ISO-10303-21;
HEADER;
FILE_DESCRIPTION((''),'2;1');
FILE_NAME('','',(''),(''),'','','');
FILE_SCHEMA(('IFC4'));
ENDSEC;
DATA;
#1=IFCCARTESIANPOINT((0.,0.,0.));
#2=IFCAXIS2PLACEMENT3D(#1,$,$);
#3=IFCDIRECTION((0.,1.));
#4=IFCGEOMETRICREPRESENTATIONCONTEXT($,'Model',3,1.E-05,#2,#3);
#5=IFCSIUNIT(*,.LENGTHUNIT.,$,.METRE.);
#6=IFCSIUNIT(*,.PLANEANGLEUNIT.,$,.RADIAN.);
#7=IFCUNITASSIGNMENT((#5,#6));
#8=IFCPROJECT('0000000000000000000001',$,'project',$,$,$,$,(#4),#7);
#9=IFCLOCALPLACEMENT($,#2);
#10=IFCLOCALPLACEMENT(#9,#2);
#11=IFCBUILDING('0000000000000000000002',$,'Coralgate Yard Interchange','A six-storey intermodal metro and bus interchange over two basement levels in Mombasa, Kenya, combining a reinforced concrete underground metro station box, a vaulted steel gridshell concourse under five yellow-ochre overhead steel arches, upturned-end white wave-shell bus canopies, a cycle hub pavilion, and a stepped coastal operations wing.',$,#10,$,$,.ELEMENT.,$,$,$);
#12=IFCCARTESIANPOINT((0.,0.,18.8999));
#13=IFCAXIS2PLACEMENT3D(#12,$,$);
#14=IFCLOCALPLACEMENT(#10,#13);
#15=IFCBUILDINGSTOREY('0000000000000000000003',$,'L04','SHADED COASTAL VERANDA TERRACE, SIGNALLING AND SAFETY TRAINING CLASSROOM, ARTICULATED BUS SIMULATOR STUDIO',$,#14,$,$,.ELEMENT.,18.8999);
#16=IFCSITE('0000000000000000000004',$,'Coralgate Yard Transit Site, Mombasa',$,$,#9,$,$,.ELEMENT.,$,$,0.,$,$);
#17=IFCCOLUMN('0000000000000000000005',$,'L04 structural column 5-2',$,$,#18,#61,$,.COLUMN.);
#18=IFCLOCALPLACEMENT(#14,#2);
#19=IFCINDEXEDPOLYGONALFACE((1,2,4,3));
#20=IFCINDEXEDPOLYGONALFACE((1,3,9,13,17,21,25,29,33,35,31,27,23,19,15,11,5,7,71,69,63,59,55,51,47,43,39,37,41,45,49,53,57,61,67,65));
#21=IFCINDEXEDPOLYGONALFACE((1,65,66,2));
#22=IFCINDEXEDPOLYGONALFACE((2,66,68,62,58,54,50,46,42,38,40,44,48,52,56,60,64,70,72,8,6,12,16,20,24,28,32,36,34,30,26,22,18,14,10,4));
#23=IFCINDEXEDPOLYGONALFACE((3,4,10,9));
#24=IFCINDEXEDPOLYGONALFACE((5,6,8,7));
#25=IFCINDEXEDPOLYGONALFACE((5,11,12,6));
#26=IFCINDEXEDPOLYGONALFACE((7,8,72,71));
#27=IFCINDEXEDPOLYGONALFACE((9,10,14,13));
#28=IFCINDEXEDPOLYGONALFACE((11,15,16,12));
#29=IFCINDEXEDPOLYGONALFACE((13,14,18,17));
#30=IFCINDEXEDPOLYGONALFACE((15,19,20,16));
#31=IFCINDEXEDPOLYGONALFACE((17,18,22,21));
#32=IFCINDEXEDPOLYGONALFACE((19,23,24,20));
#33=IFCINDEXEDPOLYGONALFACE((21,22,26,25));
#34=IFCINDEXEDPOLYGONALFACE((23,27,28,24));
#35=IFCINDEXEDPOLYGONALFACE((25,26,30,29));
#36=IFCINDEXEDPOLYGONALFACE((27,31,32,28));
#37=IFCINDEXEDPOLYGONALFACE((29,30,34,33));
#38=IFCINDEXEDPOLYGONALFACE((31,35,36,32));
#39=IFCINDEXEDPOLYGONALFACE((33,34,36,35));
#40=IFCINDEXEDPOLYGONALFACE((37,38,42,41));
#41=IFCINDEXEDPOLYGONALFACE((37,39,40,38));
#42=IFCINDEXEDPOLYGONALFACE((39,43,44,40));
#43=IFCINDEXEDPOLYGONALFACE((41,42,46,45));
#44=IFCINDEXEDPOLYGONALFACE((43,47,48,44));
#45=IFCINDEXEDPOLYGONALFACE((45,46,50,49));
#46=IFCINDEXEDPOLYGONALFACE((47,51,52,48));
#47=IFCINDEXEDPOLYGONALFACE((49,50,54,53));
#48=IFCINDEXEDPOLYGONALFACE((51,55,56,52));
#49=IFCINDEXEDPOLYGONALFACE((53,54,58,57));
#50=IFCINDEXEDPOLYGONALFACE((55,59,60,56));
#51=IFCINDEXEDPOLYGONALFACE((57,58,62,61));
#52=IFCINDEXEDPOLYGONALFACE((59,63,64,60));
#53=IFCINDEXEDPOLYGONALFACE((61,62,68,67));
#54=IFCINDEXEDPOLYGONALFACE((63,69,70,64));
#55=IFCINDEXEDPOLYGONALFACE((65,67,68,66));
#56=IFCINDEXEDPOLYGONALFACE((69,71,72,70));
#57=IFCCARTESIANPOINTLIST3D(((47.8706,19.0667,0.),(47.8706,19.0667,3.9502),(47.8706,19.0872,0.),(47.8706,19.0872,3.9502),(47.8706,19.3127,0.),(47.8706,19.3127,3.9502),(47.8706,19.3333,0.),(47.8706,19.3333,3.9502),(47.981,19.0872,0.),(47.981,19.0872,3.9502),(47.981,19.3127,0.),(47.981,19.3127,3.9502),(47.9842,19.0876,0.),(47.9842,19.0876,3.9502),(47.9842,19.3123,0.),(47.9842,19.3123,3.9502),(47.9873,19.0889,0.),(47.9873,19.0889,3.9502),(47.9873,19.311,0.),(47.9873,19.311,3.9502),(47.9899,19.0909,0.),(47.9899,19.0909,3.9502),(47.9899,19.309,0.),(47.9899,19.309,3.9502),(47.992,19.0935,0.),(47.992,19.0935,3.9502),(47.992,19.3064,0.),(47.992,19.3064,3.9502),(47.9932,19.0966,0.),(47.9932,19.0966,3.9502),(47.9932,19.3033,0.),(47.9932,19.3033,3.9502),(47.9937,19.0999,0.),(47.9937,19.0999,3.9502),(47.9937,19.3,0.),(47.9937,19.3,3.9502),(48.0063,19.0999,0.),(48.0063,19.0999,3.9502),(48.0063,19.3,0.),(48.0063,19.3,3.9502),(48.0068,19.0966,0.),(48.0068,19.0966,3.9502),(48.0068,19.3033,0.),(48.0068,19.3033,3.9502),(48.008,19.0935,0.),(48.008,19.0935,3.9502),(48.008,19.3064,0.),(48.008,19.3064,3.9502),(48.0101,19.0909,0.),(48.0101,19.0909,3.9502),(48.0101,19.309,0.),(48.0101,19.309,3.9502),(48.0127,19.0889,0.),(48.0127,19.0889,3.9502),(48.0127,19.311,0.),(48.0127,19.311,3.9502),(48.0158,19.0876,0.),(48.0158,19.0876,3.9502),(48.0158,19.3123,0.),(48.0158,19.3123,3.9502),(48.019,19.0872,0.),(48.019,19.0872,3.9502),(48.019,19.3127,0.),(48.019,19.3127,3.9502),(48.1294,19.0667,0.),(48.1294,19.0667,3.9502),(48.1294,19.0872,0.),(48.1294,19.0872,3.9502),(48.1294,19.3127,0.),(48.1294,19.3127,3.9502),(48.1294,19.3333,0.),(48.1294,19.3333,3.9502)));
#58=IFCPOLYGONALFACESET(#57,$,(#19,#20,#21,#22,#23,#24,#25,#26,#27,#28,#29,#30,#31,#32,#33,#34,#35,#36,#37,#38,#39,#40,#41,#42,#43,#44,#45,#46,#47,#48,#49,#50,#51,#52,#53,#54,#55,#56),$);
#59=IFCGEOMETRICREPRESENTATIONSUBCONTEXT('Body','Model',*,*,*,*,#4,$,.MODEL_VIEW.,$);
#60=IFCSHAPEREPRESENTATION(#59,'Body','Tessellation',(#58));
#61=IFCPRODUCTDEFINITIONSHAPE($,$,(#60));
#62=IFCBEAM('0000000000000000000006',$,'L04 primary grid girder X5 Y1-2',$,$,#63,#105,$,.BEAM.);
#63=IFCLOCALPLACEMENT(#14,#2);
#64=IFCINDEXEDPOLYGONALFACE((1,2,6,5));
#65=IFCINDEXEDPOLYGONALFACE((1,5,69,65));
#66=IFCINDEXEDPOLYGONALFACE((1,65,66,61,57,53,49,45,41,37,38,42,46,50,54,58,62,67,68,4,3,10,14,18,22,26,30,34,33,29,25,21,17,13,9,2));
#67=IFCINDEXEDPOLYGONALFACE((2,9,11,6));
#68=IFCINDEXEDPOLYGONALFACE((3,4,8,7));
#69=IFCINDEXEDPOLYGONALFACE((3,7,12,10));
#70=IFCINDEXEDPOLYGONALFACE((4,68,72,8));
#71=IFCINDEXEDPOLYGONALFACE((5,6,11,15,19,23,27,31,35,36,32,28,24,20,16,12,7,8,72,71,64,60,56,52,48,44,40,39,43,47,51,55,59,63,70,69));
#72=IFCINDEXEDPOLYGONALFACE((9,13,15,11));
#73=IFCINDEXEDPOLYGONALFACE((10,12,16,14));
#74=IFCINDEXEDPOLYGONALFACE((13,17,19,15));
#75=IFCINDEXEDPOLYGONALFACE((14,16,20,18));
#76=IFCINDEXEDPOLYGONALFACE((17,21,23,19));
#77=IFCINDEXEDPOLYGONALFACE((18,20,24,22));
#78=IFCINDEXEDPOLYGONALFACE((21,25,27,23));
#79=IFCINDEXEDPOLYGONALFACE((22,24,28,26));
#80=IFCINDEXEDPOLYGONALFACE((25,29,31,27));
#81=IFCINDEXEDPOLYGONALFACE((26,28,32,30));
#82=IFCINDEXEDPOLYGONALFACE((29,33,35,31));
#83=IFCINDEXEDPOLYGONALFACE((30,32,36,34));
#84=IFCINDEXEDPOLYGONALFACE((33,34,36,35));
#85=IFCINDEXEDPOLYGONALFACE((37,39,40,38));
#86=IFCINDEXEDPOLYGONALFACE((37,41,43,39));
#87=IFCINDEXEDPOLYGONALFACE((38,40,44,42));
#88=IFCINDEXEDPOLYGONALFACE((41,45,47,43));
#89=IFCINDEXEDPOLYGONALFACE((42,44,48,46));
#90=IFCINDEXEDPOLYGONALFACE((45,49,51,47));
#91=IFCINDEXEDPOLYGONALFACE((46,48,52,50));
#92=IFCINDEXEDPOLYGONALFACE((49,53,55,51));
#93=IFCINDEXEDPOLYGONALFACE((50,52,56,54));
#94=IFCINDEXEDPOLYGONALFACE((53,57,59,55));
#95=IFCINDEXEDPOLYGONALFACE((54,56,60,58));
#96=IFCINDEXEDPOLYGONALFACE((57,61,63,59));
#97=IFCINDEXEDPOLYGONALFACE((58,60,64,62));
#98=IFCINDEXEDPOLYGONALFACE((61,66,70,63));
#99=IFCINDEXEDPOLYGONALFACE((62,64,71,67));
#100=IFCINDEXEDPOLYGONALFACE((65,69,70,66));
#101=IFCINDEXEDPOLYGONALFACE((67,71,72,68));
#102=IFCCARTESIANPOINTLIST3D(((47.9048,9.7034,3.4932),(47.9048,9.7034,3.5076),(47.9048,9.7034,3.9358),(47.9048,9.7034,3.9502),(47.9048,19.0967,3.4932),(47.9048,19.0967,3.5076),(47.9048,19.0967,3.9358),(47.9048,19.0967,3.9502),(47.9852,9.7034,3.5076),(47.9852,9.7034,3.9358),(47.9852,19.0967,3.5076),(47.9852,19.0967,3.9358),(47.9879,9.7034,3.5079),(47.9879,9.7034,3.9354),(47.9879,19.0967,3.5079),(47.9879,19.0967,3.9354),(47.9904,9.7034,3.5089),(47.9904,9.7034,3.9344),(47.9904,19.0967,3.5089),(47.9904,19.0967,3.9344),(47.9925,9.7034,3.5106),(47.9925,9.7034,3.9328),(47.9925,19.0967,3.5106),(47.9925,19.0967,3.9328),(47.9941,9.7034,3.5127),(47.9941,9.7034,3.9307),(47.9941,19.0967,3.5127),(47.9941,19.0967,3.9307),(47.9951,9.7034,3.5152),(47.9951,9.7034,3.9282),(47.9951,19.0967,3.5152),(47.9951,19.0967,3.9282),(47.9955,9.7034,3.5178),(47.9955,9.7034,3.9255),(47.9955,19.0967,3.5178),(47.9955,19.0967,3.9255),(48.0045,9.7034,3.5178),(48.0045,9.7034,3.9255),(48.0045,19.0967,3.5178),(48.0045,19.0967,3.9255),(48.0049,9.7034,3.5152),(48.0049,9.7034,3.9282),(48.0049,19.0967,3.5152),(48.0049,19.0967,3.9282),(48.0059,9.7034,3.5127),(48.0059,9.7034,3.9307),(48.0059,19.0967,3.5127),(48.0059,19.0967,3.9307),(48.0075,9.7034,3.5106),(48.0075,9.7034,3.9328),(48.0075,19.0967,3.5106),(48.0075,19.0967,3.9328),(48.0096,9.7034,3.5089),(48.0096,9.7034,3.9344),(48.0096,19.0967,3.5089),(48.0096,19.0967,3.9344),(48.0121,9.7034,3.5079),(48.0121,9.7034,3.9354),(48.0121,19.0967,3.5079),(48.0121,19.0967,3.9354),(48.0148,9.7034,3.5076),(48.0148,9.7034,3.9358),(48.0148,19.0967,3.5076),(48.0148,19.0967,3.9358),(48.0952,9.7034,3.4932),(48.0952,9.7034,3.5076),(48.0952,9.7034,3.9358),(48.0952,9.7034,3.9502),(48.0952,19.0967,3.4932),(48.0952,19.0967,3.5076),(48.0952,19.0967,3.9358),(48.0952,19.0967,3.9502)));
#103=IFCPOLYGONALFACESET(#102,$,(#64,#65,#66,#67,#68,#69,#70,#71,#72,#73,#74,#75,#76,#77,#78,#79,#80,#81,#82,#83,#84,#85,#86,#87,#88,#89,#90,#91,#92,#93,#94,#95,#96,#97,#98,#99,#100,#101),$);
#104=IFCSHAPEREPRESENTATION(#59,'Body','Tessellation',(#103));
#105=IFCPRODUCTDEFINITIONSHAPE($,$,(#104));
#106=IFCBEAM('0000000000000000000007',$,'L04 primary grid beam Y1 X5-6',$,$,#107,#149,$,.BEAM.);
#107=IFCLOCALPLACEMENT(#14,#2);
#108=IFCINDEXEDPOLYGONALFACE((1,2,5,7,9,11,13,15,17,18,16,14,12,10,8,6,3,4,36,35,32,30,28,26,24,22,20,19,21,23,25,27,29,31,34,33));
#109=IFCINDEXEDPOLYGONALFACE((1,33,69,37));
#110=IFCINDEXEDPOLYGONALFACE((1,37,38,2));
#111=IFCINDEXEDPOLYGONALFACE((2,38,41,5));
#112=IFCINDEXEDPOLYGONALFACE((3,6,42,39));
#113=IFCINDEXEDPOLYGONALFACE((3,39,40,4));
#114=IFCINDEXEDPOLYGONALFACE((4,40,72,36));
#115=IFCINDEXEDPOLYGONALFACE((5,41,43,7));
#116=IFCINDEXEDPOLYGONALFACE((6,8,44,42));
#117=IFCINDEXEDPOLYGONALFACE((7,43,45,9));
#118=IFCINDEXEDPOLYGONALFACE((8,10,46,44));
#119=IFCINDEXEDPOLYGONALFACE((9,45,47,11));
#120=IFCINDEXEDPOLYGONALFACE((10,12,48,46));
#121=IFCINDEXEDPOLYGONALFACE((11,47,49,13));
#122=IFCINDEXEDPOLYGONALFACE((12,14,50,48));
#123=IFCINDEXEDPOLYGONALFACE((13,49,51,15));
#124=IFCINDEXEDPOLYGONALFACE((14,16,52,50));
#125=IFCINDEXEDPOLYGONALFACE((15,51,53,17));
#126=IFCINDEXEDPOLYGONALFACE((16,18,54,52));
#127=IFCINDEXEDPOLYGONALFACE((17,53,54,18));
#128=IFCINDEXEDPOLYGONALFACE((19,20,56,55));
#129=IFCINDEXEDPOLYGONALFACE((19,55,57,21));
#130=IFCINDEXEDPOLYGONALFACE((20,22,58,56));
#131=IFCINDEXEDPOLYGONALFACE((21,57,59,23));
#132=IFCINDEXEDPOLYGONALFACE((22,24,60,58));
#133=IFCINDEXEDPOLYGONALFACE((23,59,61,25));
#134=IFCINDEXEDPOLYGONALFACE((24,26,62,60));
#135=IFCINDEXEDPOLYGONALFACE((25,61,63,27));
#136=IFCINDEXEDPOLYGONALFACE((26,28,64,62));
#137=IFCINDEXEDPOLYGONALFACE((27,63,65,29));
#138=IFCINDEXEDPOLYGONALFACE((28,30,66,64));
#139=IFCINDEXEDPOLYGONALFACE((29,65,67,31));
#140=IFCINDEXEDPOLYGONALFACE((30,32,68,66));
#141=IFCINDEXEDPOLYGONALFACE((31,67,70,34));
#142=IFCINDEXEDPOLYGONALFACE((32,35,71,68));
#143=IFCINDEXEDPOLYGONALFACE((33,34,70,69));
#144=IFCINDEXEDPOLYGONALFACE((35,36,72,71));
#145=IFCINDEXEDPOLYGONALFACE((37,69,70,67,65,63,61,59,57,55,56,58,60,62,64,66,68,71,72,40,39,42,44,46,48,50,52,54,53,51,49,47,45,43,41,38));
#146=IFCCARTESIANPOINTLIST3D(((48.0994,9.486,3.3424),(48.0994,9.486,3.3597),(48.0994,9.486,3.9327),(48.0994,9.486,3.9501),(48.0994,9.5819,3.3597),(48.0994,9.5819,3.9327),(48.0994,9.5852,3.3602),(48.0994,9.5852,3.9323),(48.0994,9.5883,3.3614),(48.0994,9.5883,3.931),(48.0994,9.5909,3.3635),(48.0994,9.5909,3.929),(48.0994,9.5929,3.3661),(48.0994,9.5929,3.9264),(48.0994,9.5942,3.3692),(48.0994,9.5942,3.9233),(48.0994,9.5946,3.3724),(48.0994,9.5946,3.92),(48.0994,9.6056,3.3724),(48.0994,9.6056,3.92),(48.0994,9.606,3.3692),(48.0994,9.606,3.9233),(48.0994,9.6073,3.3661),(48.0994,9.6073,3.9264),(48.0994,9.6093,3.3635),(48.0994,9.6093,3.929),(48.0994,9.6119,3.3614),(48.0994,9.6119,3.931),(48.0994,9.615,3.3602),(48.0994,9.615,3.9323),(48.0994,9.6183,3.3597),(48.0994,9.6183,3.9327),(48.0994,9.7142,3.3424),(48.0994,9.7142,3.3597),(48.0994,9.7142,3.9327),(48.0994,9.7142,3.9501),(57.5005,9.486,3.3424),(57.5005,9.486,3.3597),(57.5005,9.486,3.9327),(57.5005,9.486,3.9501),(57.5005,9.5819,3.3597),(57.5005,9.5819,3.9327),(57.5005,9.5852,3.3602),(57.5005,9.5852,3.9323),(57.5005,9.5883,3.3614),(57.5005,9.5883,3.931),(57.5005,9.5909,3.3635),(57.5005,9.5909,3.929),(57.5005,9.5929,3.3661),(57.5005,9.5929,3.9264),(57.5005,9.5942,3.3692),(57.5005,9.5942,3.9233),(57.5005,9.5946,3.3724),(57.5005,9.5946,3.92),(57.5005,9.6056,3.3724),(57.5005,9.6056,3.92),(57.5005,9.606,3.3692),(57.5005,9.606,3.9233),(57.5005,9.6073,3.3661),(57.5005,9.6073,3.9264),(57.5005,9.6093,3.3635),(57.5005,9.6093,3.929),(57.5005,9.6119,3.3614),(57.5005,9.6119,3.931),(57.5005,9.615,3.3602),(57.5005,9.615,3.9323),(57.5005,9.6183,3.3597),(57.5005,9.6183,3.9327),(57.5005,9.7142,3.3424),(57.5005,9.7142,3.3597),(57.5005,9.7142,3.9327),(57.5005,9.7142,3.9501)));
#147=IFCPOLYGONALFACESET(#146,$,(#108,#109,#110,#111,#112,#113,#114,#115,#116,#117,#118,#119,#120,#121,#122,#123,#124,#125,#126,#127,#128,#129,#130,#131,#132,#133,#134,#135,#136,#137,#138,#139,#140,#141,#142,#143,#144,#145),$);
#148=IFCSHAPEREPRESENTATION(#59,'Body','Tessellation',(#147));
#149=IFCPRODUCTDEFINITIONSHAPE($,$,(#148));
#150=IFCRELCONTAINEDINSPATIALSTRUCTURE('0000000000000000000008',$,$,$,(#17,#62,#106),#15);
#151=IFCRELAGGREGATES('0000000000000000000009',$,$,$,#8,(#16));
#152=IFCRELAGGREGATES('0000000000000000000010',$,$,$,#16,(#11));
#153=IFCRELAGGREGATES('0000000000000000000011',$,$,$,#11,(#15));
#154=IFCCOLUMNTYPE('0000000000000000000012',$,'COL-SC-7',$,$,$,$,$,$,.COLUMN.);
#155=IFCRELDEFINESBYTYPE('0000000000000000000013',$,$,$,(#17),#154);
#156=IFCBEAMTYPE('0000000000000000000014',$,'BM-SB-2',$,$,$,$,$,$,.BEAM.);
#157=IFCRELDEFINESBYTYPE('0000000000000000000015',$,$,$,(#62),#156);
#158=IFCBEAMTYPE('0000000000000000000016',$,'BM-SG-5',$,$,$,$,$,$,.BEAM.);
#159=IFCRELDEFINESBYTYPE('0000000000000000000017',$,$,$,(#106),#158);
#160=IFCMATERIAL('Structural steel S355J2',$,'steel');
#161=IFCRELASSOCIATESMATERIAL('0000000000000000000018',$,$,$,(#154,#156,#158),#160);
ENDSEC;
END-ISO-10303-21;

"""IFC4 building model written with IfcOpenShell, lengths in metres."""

from ifc_helpers import new_model, si_unit, direction, frame, origin, origin_2d, place, context, subcontext, project, spatial, i_section, extrude, material, material_profile, profile_set, type_object, element, save


model = new_model("IFC4")

# Units and contexts
model_context = context("Model", 3, precision=1e-05, world=origin(), true_north=direction((0.0, 1.0)))
body_context = subcontext(model_context, "Body", "Model", "MODEL_VIEW")
ifc_project = project(units=[si_unit("LENGTHUNIT", "METRE"), si_unit("PLANEANGLEUNIT", "RADIAN")], contexts=[model_context])

# Site, building, storey
site_placement = place(None, origin())
site = spatial("IfcSite", under=ifc_project, at=site_placement, Name="Coralgate Yard Transit Site, Mombasa", CompositionType="ELEMENT", RefElevation=0.0)
building_placement = place(site_placement, origin())
building = spatial("IfcBuilding", under=site, at=building_placement, Name="Coralgate Yard Interchange", Description="A six-storey intermodal metro and bus interchange over two basement levels in Mombasa, Kenya, combining a reinforced concrete underground metro station box, a vaulted steel gridshell concourse under five yellow-ochre overhead steel arches, upturned-end white wave-shell bus canopies, a cycle hub pavilion, and a stepped coastal operations wing.", CompositionType="ELEMENT")
storey_placement = place(building_placement, frame((0.0, 0.0, 18.8999)))
storey = spatial("IfcBuildingStorey", under=building, at=storey_placement, Name="L04", Description="SHADED COASTAL VERANDA TERRACE, SIGNALLING AND SAFETY TRAINING CLASSROOM, ARTICULATED BUS SIMULATOR STUDIO", CompositionType="ELEMENT", Elevation=18.8999)

# Column
ifc_material_1 = material(Name="Structural steel S355J2", Category="steel")
ifc_material_profile_1 = material_profile(ifc_material_1, i_section(OverallWidth=0.2588, OverallDepth=0.2666, WebThickness=0.0127, FlangeThickness=0.0205, FilletRadius=0.0127, at=origin_2d()), Name="UC 254x254x107")
ifc_profile_set_1 = profile_set([ifc_material_profile_1], Name="Structural steel S355J2")
column_type = type_object("IfcColumnType", Name="COL-SC-7", PredefinedType="COLUMN", material=ifc_profile_set_1)
column_placement = place(storey_placement, frame((48.0, 19.2, 0.0), z_axis=(0.0, 0.0, 1.0), x_axis=(1.0, 0.0, 0.0)))
element("IfcColumn", 1, at=column_placement, inside=storey, type_object=column_type, Name="L04 structural column 5-2", PredefinedType="COLUMN", context=body_context, shape_type="SweptSolid", body=[
    extrude(i_section(OverallWidth=0.2588, OverallDepth=0.2666, WebThickness=0.0127, FlangeThickness=0.0205, FilletRadius=0.0127, at=origin_2d()), origin(), (0.0, 0.0, 1.0), 3.9502),
])

# Beams
ifc_material_profile_2 = material_profile(ifc_material_1, i_section(OverallWidth=0.1904, OverallDepth=0.457, WebThickness=0.009, FlangeThickness=0.0144, FilletRadius=0.0103, at=origin_2d()), Name="UB 457x191x74")
ifc_profile_set_2 = profile_set([ifc_material_profile_2], Name="Structural steel S355J2")
beam_type_1 = type_object("IfcBeamType", Name="BM-SB-2", PredefinedType="BEAM", material=ifc_profile_set_2)
beam_1_placement = place(storey_placement, frame((48.0, 9.7034, 3.7217), z_axis=(0.0, 1.0, 0.0), x_axis=(-1.0, 0.0, 0.0)))
element("IfcBeam", 2, at=beam_1_placement, inside=storey, type_object=beam_type_1, Name="L04 primary grid girder X5 Y1-2", PredefinedType="BEAM", context=body_context, shape_type="SweptSolid", body=[
    extrude(i_section(OverallWidth=0.1904, OverallDepth=0.457, WebThickness=0.009, FlangeThickness=0.0144, FilletRadius=0.0103, at=origin_2d()), origin(), (0.0, 0.0, 1.0), 9.3933),
])
ifc_material_profile_3 = material_profile(ifc_material_1, i_section(OverallWidth=0.2283, OverallDepth=0.6077, WebThickness=0.011, FlangeThickness=0.0173, FilletRadius=0.0127, at=origin_2d()), Name="UB 610x229x113")
ifc_profile_set_3 = profile_set([ifc_material_profile_3], Name="Structural steel S355J2")
beam_type_2 = type_object("IfcBeamType", Name="BM-SG-5", PredefinedType="BEAM", material=ifc_profile_set_3)
beam_2_placement = place(storey_placement, frame((48.0994, 9.6001, 3.6462), z_axis=(1.0, 0.0, 0.0), x_axis=(0.0, 1.0, 0.0)))
element("IfcBeam", 3, at=beam_2_placement, inside=storey, type_object=beam_type_2, Name="L04 primary grid beam Y1 X5-6", PredefinedType="BEAM", context=body_context, shape_type="SweptSolid", body=[
    extrude(i_section(OverallWidth=0.2283, OverallDepth=0.6077, WebThickness=0.011, FlangeThickness=0.0173, FilletRadius=0.0127, at=origin_2d()), origin(), (0.0, 0.0, 1.0), 9.4011),
])

save(model, "model.ifc")
